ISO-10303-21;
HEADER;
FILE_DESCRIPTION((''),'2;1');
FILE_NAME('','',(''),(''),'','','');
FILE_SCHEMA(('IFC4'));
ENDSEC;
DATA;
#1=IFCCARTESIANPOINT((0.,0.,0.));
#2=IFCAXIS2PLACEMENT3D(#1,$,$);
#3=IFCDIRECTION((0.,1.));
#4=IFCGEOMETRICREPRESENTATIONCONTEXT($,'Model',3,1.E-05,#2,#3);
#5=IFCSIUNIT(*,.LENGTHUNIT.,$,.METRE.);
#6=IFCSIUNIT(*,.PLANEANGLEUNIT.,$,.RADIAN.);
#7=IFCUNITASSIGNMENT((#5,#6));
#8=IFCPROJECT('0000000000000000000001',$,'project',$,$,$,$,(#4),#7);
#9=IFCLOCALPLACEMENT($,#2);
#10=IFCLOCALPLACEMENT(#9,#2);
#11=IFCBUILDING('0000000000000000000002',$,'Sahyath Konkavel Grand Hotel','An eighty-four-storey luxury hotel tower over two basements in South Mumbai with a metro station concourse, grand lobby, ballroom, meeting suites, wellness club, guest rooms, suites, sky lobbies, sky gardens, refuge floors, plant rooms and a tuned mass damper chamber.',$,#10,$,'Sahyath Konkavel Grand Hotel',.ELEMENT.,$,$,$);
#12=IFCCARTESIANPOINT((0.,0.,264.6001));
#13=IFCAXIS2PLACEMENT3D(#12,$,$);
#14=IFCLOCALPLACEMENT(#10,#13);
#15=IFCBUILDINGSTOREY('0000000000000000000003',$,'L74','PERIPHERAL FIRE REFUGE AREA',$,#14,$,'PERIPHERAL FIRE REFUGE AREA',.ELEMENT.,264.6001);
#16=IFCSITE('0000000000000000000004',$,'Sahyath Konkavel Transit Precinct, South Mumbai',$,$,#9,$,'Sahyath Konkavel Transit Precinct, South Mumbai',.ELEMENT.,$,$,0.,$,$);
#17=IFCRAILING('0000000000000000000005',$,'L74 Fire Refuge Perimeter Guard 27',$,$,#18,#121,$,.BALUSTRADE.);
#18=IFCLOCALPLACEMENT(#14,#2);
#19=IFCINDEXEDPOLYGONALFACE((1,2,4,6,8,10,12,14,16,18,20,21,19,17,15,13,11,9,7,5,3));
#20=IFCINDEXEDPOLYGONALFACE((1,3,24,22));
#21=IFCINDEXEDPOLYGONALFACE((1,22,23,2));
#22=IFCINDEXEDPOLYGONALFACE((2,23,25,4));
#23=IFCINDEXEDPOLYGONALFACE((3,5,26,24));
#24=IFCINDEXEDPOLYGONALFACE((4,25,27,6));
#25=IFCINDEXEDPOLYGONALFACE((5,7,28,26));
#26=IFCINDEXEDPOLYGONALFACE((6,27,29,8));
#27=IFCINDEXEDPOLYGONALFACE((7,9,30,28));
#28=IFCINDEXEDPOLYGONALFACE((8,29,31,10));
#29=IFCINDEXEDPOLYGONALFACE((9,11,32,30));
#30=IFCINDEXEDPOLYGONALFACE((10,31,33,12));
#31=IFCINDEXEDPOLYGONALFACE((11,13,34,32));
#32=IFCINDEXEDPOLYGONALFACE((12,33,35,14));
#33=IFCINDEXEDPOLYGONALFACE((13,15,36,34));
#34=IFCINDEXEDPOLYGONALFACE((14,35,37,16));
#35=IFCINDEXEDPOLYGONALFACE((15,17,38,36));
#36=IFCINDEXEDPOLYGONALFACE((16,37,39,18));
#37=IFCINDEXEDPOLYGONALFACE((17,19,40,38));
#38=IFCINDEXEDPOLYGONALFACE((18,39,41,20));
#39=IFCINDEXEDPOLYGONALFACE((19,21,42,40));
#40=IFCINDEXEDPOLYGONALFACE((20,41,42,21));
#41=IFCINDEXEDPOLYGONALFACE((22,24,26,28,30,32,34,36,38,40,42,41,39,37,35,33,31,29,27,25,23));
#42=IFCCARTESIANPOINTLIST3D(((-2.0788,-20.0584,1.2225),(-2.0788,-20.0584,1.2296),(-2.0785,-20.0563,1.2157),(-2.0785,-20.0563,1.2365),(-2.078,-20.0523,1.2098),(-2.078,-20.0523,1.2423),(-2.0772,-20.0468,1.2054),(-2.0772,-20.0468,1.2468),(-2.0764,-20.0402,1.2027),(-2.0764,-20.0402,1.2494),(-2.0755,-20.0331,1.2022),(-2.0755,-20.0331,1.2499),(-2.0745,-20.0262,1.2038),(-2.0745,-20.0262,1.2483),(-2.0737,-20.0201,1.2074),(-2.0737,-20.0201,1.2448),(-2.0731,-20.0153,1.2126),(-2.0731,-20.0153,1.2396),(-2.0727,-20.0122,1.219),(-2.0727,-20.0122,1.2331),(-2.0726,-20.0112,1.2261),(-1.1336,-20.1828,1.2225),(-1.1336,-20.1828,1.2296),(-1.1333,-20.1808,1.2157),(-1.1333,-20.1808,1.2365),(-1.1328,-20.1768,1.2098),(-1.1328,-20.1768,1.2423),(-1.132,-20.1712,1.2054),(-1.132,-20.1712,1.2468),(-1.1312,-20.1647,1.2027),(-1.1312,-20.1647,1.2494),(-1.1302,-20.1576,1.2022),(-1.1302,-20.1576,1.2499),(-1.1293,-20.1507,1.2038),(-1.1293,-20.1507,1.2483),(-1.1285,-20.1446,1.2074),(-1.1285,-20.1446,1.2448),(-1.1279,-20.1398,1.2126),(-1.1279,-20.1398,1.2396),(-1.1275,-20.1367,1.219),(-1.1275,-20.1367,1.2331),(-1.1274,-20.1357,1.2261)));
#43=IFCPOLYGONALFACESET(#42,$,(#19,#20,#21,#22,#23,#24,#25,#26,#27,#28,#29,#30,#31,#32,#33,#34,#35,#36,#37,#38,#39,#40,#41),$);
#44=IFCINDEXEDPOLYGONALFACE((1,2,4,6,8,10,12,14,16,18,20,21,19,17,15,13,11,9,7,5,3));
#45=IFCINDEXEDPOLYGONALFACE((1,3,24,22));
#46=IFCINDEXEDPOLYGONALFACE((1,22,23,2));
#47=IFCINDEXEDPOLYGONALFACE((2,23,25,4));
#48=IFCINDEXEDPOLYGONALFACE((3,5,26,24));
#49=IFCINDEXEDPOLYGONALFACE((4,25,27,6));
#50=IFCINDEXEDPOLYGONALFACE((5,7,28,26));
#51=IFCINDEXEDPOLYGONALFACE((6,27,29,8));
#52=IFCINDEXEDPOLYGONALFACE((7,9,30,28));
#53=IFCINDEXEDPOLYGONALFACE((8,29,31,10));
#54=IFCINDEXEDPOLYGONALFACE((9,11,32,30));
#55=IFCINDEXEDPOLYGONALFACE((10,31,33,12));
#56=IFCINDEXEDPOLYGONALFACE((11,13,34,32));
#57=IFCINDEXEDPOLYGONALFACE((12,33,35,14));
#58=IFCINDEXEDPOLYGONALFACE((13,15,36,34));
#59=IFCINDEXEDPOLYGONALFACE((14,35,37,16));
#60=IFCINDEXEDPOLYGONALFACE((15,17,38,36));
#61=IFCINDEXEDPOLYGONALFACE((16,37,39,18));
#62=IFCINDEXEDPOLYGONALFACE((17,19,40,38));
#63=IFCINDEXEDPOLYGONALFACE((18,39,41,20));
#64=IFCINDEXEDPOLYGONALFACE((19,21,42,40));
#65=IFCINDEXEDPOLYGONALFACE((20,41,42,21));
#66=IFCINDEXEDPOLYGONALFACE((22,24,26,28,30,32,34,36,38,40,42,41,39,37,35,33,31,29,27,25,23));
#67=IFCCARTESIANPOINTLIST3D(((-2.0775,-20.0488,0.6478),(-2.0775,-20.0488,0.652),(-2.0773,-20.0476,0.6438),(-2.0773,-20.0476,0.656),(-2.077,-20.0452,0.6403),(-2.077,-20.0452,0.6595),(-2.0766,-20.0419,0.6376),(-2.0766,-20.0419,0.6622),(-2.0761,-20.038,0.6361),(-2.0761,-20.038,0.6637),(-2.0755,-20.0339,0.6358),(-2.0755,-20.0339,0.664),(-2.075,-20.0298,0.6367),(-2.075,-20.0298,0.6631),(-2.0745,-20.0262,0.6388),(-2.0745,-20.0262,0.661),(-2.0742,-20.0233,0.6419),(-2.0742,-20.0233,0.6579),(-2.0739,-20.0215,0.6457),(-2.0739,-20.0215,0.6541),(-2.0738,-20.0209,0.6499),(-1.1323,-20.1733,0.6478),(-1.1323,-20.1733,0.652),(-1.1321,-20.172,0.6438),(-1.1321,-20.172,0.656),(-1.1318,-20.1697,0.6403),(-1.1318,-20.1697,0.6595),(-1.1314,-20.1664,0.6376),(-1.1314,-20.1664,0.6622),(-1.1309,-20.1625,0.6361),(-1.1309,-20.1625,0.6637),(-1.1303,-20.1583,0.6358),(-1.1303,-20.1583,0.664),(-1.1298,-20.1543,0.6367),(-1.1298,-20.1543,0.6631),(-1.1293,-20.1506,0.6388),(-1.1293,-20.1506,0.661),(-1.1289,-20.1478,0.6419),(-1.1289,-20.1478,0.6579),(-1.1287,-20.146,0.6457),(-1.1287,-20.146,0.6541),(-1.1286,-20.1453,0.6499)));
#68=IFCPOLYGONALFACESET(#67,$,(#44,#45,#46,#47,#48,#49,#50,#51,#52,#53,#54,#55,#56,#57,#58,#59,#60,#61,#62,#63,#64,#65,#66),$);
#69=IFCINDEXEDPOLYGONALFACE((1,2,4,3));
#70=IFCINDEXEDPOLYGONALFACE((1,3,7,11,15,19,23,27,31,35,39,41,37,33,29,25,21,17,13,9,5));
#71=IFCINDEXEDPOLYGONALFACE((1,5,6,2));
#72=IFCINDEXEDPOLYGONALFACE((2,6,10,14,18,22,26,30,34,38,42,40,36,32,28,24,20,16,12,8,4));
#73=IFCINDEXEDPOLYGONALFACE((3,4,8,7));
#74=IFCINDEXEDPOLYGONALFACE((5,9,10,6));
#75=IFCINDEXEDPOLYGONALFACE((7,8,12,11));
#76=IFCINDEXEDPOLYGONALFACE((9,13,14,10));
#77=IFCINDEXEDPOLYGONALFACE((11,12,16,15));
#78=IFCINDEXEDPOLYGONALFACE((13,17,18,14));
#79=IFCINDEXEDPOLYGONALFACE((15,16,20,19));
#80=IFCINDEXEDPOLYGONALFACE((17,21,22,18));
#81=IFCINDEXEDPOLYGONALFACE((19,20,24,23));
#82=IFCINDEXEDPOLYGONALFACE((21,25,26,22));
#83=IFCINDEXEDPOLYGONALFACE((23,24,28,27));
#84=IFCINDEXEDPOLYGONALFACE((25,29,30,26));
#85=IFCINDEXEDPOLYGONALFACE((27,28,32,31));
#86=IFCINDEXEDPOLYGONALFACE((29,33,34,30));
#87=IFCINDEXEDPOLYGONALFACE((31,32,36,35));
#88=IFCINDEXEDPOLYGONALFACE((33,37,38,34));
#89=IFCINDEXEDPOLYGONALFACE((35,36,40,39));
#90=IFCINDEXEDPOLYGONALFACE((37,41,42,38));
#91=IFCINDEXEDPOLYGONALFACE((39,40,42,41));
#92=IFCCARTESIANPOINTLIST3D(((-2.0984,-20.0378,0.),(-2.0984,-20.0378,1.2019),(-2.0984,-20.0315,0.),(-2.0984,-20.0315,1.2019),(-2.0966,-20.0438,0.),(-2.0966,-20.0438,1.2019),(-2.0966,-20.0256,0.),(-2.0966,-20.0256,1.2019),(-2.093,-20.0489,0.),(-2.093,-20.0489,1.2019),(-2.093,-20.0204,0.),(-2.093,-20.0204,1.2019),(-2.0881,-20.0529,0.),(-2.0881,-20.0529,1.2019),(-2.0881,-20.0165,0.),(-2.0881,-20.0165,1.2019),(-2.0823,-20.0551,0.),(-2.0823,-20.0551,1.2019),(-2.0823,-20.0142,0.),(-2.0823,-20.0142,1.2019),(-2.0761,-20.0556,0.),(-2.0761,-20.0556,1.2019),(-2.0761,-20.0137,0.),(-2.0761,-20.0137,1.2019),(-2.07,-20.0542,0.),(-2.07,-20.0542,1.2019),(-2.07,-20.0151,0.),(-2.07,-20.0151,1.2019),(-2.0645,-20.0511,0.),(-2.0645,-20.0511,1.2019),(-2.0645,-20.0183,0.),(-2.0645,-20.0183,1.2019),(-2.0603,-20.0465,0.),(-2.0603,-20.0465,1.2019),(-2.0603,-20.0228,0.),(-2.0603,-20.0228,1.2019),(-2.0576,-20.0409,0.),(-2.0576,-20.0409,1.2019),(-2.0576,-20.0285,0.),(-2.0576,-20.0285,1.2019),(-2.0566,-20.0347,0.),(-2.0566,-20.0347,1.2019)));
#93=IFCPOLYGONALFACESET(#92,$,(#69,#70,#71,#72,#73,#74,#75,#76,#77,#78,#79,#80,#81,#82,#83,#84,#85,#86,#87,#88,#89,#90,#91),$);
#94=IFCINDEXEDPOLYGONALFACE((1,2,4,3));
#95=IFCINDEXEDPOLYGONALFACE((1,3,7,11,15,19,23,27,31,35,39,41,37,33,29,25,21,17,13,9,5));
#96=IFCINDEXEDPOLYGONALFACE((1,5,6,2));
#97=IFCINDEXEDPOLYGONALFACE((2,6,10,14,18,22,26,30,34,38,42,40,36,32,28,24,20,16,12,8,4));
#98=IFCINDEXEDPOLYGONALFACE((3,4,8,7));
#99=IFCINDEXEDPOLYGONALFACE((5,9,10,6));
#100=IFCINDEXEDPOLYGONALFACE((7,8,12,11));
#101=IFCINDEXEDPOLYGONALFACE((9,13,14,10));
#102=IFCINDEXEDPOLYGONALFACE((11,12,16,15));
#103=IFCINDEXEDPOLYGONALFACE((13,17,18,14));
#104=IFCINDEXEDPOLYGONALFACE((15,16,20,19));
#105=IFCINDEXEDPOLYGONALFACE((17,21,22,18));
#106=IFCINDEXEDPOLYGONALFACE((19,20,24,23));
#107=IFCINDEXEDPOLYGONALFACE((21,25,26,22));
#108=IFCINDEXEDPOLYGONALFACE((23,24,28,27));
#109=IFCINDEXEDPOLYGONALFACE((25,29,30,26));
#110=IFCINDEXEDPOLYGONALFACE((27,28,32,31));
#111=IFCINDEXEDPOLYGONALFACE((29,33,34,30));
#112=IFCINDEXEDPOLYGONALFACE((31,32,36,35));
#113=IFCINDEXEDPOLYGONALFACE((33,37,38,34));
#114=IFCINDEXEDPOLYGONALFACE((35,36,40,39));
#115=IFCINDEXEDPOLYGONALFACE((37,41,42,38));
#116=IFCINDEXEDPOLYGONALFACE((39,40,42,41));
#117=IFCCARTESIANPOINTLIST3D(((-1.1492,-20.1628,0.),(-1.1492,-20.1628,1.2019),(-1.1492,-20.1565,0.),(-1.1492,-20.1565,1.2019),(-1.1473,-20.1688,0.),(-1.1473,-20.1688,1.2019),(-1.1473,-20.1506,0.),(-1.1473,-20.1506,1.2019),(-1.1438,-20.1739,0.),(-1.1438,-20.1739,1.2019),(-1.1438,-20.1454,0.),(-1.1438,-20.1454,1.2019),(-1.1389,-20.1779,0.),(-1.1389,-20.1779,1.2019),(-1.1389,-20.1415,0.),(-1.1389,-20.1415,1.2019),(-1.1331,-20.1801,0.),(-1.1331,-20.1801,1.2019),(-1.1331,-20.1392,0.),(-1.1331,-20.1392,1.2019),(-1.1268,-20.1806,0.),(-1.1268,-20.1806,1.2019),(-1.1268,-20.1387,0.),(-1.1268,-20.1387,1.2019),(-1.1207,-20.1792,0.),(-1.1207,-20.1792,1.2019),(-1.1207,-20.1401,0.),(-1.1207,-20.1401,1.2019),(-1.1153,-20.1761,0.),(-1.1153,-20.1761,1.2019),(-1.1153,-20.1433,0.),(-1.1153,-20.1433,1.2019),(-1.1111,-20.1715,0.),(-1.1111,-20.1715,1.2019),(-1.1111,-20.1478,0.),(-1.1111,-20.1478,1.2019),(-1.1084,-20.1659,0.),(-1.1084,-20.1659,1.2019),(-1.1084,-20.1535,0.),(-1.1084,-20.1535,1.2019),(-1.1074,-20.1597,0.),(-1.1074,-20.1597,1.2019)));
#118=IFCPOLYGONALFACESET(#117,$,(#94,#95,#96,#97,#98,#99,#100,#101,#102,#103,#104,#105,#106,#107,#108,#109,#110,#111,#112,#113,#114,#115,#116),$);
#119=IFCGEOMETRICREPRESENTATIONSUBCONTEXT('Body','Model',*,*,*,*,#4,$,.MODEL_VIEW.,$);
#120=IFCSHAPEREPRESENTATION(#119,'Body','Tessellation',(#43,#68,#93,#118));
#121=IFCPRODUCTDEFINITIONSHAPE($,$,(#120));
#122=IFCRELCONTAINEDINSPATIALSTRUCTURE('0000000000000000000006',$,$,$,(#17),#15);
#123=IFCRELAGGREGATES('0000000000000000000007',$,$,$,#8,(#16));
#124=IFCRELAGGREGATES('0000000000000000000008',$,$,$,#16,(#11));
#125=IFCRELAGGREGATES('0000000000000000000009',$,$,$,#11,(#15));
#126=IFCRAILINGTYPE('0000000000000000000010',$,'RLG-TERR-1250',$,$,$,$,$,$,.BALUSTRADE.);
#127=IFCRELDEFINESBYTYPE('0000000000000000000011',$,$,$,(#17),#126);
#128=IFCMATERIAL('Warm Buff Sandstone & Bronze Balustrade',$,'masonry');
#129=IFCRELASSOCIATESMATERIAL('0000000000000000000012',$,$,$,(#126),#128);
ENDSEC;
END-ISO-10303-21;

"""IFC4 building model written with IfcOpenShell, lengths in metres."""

from ifc_helpers import new_model, si_unit, direction, frame, origin, origin_2d, place, context, subcontext, project, spatial, circle, extrude, material, type_object, element, save


model = new_model("IFC4")

# Units and contexts
model_context = context("Model", 3, precision=1e-05, world=origin(), true_north=direction((0.0, 1.0)))
body_context = subcontext(model_context, "Body", "Model", "MODEL_VIEW")
ifc_project = project(units=[si_unit("LENGTHUNIT", "METRE"), si_unit("PLANEANGLEUNIT", "RADIAN")], contexts=[model_context])

# Site, building, storey
site_placement = place(None, origin())
site = spatial("IfcSite", under=ifc_project, at=site_placement, Name="Sahyath Konkavel Transit Precinct, South Mumbai", LongName="Sahyath Konkavel Transit Precinct, South Mumbai", CompositionType="ELEMENT", RefElevation=0.0)
building_placement = place(site_placement, origin())
building = spatial("IfcBuilding", under=site, at=building_placement, Name="Sahyath Konkavel Grand Hotel", Description="An eighty-four-storey luxury hotel tower over two basements in South Mumbai with a metro station concourse, grand lobby, ballroom, meeting suites, wellness club, guest rooms, suites, sky lobbies, sky gardens, refuge floors, plant rooms and a tuned mass damper chamber.", LongName="Sahyath Konkavel Grand Hotel", CompositionType="ELEMENT")
storey_placement = place(building_placement, frame((0.0, 0.0, 264.6001)))
storey = spatial("IfcBuildingStorey", under=building, at=storey_placement, Name="L74", Description="PERIPHERAL FIRE REFUGE AREA", LongName="PERIPHERAL FIRE REFUGE AREA", CompositionType="ELEMENT", Elevation=264.6001)

# Railing
ifc_material_1 = material(Name="Warm Buff Sandstone & Bronze Balustrade", Category="masonry")
railing_type = type_object("IfcRailingType", Name="RLG-TERR-1250", PredefinedType="BALUSTRADE", material=ifc_material_1)
railing_1_placement = place(storey_placement, frame((-2.0776, -20.0347, 0.0)))
element("IfcRailing", 1, at=railing_1_placement, inside=storey, type_object=railing_type, Name="L74 Fire Refuge Perimeter Guard 27", PredefinedType="BALUSTRADE", context=body_context, shape_type="SweptSolid", body=[
    extrude(circle(Radius=0.0239, at=origin_2d()), frame((0.002, -0.0002, 1.2261), z_axis=(0.99144, -0.13056, 0.0), x_axis=(0.13056, 0.99144, 0.0)), (0.0, 0.0, 1.0), 0.9534),
    extrude(circle(Radius=0.0142, at=origin_2d()), frame((0.002, -0.0002, 0.6499), z_axis=(0.99144, -0.13056, 0.0), x_axis=(0.13056, 0.99144, 0.0)), (0.0, 0.0, 1.0), 0.9534),
    extrude(circle(Radius=0.021, at=origin_2d()), origin(), (0.0, 0.0, 1.0), 1.2019),
    extrude(circle(Radius=0.021, at=origin_2d()), frame((0.9492, -0.125, 0.0)), (0.0, 0.0, 1.0), 1.2019),
])

save(model, "model.ifc")
